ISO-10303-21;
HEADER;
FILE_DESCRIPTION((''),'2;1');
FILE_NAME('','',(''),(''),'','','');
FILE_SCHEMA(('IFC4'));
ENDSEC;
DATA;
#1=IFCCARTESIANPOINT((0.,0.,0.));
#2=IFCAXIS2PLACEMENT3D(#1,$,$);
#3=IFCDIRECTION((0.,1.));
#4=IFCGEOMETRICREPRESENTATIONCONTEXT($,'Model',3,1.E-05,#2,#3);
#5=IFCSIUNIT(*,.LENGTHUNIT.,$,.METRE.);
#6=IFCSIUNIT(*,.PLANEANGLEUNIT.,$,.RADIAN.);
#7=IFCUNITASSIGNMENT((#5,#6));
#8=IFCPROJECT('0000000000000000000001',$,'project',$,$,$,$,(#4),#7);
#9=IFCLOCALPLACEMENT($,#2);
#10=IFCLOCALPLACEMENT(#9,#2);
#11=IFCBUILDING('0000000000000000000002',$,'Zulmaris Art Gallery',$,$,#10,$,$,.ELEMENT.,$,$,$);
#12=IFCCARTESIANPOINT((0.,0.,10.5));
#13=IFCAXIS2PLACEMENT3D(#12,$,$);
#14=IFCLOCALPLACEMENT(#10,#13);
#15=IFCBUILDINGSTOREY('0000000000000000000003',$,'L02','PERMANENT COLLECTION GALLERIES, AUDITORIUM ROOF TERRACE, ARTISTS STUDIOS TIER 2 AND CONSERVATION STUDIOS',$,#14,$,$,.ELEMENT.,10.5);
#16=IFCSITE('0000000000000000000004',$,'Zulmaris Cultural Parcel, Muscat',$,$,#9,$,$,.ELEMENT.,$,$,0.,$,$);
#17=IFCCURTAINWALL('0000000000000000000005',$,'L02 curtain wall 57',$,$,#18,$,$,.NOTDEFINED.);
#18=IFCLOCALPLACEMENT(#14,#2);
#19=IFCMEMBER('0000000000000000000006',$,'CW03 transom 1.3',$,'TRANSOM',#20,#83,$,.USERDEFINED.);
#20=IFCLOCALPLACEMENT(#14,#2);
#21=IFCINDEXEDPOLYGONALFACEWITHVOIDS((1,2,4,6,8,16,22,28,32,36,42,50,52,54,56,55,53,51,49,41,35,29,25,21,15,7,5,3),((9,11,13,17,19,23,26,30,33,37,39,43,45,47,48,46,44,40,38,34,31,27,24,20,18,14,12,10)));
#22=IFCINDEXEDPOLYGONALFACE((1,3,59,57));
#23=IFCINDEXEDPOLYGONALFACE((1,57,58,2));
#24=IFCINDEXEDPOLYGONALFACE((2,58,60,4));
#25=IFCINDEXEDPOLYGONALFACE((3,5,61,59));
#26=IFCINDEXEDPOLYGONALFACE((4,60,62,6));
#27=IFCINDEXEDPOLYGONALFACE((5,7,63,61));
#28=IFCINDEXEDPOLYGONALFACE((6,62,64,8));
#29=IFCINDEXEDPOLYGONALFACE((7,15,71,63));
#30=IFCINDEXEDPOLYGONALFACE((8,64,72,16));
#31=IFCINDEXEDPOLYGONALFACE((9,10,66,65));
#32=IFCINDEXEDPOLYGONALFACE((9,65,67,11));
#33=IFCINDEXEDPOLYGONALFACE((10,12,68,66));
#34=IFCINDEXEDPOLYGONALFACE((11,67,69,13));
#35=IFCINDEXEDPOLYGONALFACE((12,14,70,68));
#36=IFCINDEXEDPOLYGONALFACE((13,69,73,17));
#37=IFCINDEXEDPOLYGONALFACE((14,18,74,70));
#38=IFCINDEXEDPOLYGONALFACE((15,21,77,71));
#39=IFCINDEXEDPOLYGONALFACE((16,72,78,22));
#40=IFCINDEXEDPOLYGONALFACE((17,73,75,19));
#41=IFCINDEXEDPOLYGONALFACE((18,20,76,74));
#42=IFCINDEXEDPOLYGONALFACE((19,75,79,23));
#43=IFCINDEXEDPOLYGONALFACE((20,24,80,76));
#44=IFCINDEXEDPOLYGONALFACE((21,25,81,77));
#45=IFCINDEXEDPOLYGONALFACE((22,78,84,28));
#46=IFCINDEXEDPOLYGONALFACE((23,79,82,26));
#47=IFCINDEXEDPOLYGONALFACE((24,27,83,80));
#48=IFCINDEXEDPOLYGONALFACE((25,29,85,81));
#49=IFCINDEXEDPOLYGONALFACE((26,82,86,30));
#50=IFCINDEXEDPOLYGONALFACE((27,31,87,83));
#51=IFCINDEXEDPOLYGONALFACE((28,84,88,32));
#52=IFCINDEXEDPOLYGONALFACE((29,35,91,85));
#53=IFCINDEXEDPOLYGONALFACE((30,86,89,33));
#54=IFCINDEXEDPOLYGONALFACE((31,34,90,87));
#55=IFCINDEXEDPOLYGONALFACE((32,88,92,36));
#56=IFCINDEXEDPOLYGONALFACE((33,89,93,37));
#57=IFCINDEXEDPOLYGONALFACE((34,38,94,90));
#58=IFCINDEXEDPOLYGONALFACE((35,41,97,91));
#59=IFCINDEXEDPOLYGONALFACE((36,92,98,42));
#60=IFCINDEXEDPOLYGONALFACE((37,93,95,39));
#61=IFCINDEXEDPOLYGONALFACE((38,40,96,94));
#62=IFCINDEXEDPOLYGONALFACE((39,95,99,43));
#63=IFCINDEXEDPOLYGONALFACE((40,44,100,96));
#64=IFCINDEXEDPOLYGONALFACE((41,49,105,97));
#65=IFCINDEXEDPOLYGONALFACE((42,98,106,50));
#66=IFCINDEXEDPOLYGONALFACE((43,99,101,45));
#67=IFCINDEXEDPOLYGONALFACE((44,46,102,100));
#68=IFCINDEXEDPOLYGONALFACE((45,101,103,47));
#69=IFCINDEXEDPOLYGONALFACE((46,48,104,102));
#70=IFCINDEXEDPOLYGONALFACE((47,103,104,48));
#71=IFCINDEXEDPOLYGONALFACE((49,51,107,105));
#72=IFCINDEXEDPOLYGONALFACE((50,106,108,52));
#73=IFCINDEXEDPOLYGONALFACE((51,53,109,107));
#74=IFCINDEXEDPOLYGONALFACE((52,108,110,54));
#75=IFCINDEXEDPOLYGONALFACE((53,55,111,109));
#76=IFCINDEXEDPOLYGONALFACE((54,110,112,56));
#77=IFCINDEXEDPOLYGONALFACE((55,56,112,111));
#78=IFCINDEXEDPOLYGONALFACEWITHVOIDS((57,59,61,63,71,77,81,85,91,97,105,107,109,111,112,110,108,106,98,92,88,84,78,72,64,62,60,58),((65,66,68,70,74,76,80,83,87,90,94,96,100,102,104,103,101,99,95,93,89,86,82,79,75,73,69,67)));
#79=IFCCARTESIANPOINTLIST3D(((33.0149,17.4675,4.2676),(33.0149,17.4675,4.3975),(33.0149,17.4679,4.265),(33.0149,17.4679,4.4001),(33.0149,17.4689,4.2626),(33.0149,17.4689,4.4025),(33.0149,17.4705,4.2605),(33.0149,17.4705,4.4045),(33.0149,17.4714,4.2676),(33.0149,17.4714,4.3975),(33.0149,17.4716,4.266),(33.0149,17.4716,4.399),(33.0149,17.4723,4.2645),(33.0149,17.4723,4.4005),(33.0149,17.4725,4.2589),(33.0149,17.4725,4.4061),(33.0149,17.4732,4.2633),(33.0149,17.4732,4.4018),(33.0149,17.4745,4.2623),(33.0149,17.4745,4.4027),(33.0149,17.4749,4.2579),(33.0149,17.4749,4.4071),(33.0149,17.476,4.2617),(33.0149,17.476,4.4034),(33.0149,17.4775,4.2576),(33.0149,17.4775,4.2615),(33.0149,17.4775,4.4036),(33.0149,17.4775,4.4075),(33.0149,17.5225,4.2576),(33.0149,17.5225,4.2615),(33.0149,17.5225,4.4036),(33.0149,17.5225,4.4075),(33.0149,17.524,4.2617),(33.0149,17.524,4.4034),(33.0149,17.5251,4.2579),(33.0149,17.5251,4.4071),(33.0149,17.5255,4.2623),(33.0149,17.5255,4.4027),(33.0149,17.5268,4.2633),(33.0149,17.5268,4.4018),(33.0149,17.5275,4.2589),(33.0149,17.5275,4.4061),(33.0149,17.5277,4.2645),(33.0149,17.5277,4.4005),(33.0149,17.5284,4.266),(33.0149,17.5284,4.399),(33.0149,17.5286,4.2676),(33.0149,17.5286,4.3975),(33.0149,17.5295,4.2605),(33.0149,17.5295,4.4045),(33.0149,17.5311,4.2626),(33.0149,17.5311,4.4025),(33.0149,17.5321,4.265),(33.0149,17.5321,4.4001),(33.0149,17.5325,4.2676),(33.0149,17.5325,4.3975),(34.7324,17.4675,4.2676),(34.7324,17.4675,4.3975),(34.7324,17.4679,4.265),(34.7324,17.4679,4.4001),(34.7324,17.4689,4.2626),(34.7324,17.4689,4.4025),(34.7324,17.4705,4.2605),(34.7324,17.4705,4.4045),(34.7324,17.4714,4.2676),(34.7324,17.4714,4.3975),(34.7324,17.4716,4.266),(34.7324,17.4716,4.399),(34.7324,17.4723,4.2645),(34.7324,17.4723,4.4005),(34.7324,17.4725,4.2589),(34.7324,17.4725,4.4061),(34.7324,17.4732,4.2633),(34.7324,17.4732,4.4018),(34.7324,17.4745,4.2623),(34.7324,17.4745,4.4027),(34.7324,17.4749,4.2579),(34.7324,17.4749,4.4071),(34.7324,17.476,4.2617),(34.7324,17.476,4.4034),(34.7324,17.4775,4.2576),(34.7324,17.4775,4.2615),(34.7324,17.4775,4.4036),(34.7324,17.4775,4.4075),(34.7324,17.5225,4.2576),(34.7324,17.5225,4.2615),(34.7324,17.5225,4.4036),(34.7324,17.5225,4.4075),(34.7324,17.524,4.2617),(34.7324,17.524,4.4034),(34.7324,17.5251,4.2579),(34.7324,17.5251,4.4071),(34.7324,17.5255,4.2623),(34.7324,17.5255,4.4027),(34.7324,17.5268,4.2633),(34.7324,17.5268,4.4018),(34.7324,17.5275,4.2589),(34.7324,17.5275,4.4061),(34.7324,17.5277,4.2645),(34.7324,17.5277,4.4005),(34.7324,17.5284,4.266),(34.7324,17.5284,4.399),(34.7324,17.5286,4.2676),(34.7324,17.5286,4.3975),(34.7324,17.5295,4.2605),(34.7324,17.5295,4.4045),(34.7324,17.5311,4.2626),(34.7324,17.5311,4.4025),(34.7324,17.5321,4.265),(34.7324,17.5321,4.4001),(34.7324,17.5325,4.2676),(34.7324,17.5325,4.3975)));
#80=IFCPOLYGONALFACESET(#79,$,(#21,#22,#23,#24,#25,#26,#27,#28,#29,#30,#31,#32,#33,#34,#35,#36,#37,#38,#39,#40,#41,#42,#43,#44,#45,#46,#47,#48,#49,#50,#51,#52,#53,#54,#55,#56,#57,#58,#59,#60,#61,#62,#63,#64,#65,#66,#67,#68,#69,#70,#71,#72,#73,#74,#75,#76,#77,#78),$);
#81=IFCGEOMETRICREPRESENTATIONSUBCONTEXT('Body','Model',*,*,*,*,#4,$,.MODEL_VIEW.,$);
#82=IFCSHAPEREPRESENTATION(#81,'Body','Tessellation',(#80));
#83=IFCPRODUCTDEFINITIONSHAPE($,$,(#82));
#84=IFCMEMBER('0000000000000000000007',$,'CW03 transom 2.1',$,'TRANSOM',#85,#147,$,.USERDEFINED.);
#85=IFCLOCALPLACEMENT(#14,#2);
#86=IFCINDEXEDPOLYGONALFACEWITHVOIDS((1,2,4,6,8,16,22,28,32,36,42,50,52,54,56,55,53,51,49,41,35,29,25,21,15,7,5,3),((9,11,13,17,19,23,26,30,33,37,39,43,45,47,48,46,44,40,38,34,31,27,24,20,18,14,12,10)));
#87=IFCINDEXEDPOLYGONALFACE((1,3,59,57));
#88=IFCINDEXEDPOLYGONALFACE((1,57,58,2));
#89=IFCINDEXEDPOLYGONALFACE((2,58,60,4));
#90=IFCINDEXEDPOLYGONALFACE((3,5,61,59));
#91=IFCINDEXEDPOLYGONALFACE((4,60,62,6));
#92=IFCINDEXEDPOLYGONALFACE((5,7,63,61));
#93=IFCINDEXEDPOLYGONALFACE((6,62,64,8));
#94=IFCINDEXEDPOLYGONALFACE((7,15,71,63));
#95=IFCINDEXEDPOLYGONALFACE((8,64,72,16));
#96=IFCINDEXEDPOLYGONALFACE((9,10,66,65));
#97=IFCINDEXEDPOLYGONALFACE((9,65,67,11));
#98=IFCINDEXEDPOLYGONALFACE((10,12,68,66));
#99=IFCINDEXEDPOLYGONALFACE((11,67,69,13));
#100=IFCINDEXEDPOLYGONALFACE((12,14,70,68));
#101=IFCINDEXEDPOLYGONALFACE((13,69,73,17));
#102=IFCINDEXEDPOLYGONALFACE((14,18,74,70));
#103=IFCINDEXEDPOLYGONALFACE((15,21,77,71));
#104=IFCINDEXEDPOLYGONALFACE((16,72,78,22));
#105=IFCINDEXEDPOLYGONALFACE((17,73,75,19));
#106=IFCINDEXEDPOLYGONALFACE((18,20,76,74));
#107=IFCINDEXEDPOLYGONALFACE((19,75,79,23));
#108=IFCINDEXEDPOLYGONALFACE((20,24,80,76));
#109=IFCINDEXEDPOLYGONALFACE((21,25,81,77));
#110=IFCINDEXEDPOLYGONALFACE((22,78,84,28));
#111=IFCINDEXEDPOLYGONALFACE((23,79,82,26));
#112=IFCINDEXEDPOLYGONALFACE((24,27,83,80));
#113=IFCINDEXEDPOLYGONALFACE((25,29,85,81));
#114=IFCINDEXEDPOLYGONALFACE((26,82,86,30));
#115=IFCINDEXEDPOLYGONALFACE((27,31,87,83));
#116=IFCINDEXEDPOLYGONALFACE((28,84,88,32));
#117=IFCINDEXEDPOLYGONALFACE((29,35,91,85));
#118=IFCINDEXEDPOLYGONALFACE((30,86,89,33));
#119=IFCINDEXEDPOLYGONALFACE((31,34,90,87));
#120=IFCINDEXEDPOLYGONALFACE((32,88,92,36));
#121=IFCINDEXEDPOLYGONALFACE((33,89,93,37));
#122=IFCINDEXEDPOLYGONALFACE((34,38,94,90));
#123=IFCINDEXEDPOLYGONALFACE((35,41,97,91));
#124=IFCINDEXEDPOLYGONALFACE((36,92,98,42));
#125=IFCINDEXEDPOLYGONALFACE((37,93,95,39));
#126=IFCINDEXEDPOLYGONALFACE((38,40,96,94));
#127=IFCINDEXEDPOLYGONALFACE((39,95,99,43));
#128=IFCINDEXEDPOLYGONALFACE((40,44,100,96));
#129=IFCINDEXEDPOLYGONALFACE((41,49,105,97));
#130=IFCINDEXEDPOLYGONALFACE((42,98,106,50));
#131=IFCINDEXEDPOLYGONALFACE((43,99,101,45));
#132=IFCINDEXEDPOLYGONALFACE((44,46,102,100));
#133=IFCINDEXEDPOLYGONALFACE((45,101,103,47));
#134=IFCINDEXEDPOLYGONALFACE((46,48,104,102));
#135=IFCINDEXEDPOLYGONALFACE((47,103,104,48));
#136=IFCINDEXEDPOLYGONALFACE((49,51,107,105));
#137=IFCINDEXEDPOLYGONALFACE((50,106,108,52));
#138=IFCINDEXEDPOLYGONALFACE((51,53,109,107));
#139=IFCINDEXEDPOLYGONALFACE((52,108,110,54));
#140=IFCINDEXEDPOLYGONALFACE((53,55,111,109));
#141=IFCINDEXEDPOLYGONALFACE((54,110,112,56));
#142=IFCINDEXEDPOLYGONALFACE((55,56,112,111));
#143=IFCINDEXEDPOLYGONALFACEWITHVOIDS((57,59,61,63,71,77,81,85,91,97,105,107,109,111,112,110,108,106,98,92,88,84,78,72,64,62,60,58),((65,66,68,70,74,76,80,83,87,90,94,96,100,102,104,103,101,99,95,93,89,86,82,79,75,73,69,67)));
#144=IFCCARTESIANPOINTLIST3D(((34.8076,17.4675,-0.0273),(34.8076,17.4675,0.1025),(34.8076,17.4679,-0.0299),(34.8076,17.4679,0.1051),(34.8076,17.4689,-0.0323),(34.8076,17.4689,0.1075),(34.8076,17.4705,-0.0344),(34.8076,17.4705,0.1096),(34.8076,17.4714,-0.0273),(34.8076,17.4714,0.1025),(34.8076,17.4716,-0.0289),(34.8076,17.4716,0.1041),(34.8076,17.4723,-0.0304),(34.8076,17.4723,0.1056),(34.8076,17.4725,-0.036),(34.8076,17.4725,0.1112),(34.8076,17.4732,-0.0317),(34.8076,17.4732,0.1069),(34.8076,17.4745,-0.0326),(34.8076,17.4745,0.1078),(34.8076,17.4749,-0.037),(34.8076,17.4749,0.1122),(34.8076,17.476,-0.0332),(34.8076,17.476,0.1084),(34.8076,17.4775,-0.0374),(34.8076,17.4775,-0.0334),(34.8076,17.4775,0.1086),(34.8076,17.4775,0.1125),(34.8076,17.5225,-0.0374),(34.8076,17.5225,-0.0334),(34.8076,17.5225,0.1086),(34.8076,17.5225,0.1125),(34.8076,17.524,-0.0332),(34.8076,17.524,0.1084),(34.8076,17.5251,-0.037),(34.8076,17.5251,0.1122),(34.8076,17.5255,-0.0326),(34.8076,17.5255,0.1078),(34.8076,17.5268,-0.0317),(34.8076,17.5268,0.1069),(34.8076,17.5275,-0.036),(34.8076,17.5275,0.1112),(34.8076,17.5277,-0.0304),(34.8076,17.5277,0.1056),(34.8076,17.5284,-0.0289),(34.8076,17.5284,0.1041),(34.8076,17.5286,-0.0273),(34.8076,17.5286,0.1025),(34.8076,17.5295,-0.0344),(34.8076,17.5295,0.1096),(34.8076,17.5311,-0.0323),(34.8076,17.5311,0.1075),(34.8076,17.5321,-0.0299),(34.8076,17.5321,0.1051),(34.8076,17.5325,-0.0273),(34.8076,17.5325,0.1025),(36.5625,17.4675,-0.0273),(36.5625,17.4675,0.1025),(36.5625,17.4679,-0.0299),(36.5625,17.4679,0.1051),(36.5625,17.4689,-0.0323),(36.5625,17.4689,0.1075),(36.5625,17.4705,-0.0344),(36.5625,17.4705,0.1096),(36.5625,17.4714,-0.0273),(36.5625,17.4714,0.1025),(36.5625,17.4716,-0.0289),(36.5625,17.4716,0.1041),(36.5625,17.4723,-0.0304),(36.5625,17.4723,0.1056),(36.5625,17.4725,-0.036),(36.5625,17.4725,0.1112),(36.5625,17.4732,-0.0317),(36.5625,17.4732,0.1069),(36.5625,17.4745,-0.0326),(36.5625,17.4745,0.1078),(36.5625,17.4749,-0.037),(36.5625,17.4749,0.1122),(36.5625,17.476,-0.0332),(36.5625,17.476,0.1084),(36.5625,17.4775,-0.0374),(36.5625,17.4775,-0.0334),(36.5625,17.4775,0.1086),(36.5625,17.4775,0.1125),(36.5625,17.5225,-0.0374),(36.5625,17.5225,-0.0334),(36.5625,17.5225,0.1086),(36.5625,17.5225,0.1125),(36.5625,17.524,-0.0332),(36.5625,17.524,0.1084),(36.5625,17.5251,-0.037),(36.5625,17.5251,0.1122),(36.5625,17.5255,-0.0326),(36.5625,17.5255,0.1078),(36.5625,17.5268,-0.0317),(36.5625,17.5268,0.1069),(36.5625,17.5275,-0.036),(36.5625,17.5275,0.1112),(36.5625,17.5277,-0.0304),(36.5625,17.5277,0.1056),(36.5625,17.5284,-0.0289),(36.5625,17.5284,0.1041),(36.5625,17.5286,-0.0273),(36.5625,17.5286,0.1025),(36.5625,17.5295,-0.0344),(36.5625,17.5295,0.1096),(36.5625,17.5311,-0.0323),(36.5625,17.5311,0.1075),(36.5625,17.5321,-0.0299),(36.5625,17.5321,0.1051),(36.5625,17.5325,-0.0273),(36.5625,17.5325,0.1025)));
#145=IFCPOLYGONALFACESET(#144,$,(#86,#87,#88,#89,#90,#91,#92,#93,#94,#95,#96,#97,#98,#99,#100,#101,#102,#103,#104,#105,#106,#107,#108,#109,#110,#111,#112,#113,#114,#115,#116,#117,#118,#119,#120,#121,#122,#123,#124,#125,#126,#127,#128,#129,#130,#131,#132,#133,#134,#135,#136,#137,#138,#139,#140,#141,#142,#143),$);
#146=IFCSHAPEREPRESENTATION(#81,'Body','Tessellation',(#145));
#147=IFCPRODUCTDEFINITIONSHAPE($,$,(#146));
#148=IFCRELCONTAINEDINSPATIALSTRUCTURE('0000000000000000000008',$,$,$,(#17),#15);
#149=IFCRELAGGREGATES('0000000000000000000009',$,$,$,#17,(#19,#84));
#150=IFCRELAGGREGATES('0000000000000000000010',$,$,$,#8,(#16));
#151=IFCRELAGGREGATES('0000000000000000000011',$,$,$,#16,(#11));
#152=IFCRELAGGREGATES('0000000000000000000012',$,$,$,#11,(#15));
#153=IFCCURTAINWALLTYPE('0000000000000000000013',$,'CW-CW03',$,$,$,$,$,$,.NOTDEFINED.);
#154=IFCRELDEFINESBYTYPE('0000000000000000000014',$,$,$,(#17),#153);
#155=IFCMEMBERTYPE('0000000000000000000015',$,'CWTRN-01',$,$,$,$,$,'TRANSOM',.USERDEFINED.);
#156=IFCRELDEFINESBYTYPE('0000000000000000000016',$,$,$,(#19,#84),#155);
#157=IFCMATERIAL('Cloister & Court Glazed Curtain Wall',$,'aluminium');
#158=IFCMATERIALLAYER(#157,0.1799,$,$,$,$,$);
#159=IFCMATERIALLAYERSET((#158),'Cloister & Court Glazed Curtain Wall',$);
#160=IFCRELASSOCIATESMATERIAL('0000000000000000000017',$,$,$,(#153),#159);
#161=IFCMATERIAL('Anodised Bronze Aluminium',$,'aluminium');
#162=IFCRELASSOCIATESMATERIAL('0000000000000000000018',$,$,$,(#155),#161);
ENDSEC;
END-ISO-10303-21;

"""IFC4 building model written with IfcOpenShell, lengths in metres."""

from ifc_helpers import new_model, si_unit, direction, frame, origin, origin_2d, place, context, subcontext, project, spatial, hollow_rectangle, extrude, material, layer, layer_set, material_profile, profile_set, type_object, element, aggregate, save


model = new_model("IFC4")

# Units and contexts
model_context = context("Model", 3, precision=1e-05, world=origin(), true_north=direction((0.0, 1.0)))
body_context = subcontext(model_context, "Body", "Model", "MODEL_VIEW")
ifc_project = project(units=[si_unit("LENGTHUNIT", "METRE"), si_unit("PLANEANGLEUNIT", "RADIAN")], contexts=[model_context])

# Site, building, storey
site_placement = place(None, origin())
site = spatial("IfcSite", under=ifc_project, at=site_placement, Name="Zulmaris Cultural Parcel, Muscat", CompositionType="ELEMENT", RefElevation=0.0)
building_placement = place(site_placement, origin())
building = spatial("IfcBuilding", under=site, at=building_placement, Name="Zulmaris Art Gallery", CompositionType="ELEMENT")
storey_placement = place(building_placement, frame((0.0, 0.0, 10.5)))
storey = spatial("IfcBuildingStorey", under=building, at=storey_placement, Name="L02", Description="PERMANENT COLLECTION GALLERIES, AUDITORIUM ROOF TERRACE, ARTISTS STUDIOS TIER 2 AND CONSERVATION STUDIOS", CompositionType="ELEMENT", Elevation=10.5)

# Curtain wall, members
ifc_material_1 = material(Name="Cloister & Court Glazed Curtain Wall", Category="aluminium")
ifc_layer_1 = layer(ifc_material_1, 0.1799)
ifc_layer_set_1 = layer_set([ifc_layer_1], Name="Cloister & Court Glazed Curtain Wall")
curtain_wall_type = type_object("IfcCurtainWallType", Name="CW-CW03", PredefinedType="NOTDEFINED", material=ifc_layer_set_1)
curtain_wall_placement = place(storey_placement, origin())
curtain_wall = element("IfcCurtainWall", 1, at=curtain_wall_placement, inside=storey, type_object=curtain_wall_type, Name="L02 curtain wall 57", PredefinedType="NOTDEFINED")
ifc_material_2 = material(Name="Anodised Bronze Aluminium", Category="aluminium")
ifc_material_profile_1 = material_profile(ifc_material_2, hollow_rectangle(XDim=0.0649, YDim=0.1499, WallThickness=0.0039, InnerFilletRadius=0.0061, OuterFilletRadius=0.01, at=origin_2d()), Name="ALU 65x150x4")
ifc_profile_set_1 = profile_set([ifc_material_profile_1], Name="Anodised Bronze Aluminium")
member_type_1 = type_object("IfcMemberType", Name="CWTRN-01", ElementType="TRANSOM", PredefinedType="USERDEFINED", material=ifc_profile_set_1)
member_1_placement = place(storey_placement, frame((33.0149, 17.5, 4.3325), z_axis=(1.0, 0.0, 0.0), x_axis=(0.0, 1.0, 0.0)))
member_1 = element("IfcMember", 2, at=member_1_placement, type_object=member_type_1, Name="CW03 transom 1.3", ObjectType="TRANSOM", PredefinedType="USERDEFINED", context=body_context, shape_type="SweptSolid", body=[
    extrude(hollow_rectangle(XDim=0.0649, YDim=0.1499, WallThickness=0.0039, InnerFilletRadius=0.0061, OuterFilletRadius=0.01, at=origin_2d()), origin(), (0.0, 0.0, 1.0), 1.7175),
])
member_2_placement = place(storey_placement, frame((34.8076, 17.5, 0.0376), z_axis=(1.0, 0.0, 0.0), x_axis=(0.0, 1.0, 0.0)))
member_2 = element("IfcMember", 3, at=member_2_placement, type_object=member_type_1, Name="CW03 transom 2.1", ObjectType="TRANSOM", PredefinedType="USERDEFINED", context=body_context, shape_type="SweptSolid", body=[
    extrude(hollow_rectangle(XDim=0.0649, YDim=0.1499, WallThickness=0.0039, InnerFilletRadius=0.0061, OuterFilletRadius=0.01, at=origin_2d()), origin(), (0.0, 0.0, 1.0), 1.7549),
])
aggregate(curtain_wall, [member_1, member_2])

save(model, "model.ifc")
